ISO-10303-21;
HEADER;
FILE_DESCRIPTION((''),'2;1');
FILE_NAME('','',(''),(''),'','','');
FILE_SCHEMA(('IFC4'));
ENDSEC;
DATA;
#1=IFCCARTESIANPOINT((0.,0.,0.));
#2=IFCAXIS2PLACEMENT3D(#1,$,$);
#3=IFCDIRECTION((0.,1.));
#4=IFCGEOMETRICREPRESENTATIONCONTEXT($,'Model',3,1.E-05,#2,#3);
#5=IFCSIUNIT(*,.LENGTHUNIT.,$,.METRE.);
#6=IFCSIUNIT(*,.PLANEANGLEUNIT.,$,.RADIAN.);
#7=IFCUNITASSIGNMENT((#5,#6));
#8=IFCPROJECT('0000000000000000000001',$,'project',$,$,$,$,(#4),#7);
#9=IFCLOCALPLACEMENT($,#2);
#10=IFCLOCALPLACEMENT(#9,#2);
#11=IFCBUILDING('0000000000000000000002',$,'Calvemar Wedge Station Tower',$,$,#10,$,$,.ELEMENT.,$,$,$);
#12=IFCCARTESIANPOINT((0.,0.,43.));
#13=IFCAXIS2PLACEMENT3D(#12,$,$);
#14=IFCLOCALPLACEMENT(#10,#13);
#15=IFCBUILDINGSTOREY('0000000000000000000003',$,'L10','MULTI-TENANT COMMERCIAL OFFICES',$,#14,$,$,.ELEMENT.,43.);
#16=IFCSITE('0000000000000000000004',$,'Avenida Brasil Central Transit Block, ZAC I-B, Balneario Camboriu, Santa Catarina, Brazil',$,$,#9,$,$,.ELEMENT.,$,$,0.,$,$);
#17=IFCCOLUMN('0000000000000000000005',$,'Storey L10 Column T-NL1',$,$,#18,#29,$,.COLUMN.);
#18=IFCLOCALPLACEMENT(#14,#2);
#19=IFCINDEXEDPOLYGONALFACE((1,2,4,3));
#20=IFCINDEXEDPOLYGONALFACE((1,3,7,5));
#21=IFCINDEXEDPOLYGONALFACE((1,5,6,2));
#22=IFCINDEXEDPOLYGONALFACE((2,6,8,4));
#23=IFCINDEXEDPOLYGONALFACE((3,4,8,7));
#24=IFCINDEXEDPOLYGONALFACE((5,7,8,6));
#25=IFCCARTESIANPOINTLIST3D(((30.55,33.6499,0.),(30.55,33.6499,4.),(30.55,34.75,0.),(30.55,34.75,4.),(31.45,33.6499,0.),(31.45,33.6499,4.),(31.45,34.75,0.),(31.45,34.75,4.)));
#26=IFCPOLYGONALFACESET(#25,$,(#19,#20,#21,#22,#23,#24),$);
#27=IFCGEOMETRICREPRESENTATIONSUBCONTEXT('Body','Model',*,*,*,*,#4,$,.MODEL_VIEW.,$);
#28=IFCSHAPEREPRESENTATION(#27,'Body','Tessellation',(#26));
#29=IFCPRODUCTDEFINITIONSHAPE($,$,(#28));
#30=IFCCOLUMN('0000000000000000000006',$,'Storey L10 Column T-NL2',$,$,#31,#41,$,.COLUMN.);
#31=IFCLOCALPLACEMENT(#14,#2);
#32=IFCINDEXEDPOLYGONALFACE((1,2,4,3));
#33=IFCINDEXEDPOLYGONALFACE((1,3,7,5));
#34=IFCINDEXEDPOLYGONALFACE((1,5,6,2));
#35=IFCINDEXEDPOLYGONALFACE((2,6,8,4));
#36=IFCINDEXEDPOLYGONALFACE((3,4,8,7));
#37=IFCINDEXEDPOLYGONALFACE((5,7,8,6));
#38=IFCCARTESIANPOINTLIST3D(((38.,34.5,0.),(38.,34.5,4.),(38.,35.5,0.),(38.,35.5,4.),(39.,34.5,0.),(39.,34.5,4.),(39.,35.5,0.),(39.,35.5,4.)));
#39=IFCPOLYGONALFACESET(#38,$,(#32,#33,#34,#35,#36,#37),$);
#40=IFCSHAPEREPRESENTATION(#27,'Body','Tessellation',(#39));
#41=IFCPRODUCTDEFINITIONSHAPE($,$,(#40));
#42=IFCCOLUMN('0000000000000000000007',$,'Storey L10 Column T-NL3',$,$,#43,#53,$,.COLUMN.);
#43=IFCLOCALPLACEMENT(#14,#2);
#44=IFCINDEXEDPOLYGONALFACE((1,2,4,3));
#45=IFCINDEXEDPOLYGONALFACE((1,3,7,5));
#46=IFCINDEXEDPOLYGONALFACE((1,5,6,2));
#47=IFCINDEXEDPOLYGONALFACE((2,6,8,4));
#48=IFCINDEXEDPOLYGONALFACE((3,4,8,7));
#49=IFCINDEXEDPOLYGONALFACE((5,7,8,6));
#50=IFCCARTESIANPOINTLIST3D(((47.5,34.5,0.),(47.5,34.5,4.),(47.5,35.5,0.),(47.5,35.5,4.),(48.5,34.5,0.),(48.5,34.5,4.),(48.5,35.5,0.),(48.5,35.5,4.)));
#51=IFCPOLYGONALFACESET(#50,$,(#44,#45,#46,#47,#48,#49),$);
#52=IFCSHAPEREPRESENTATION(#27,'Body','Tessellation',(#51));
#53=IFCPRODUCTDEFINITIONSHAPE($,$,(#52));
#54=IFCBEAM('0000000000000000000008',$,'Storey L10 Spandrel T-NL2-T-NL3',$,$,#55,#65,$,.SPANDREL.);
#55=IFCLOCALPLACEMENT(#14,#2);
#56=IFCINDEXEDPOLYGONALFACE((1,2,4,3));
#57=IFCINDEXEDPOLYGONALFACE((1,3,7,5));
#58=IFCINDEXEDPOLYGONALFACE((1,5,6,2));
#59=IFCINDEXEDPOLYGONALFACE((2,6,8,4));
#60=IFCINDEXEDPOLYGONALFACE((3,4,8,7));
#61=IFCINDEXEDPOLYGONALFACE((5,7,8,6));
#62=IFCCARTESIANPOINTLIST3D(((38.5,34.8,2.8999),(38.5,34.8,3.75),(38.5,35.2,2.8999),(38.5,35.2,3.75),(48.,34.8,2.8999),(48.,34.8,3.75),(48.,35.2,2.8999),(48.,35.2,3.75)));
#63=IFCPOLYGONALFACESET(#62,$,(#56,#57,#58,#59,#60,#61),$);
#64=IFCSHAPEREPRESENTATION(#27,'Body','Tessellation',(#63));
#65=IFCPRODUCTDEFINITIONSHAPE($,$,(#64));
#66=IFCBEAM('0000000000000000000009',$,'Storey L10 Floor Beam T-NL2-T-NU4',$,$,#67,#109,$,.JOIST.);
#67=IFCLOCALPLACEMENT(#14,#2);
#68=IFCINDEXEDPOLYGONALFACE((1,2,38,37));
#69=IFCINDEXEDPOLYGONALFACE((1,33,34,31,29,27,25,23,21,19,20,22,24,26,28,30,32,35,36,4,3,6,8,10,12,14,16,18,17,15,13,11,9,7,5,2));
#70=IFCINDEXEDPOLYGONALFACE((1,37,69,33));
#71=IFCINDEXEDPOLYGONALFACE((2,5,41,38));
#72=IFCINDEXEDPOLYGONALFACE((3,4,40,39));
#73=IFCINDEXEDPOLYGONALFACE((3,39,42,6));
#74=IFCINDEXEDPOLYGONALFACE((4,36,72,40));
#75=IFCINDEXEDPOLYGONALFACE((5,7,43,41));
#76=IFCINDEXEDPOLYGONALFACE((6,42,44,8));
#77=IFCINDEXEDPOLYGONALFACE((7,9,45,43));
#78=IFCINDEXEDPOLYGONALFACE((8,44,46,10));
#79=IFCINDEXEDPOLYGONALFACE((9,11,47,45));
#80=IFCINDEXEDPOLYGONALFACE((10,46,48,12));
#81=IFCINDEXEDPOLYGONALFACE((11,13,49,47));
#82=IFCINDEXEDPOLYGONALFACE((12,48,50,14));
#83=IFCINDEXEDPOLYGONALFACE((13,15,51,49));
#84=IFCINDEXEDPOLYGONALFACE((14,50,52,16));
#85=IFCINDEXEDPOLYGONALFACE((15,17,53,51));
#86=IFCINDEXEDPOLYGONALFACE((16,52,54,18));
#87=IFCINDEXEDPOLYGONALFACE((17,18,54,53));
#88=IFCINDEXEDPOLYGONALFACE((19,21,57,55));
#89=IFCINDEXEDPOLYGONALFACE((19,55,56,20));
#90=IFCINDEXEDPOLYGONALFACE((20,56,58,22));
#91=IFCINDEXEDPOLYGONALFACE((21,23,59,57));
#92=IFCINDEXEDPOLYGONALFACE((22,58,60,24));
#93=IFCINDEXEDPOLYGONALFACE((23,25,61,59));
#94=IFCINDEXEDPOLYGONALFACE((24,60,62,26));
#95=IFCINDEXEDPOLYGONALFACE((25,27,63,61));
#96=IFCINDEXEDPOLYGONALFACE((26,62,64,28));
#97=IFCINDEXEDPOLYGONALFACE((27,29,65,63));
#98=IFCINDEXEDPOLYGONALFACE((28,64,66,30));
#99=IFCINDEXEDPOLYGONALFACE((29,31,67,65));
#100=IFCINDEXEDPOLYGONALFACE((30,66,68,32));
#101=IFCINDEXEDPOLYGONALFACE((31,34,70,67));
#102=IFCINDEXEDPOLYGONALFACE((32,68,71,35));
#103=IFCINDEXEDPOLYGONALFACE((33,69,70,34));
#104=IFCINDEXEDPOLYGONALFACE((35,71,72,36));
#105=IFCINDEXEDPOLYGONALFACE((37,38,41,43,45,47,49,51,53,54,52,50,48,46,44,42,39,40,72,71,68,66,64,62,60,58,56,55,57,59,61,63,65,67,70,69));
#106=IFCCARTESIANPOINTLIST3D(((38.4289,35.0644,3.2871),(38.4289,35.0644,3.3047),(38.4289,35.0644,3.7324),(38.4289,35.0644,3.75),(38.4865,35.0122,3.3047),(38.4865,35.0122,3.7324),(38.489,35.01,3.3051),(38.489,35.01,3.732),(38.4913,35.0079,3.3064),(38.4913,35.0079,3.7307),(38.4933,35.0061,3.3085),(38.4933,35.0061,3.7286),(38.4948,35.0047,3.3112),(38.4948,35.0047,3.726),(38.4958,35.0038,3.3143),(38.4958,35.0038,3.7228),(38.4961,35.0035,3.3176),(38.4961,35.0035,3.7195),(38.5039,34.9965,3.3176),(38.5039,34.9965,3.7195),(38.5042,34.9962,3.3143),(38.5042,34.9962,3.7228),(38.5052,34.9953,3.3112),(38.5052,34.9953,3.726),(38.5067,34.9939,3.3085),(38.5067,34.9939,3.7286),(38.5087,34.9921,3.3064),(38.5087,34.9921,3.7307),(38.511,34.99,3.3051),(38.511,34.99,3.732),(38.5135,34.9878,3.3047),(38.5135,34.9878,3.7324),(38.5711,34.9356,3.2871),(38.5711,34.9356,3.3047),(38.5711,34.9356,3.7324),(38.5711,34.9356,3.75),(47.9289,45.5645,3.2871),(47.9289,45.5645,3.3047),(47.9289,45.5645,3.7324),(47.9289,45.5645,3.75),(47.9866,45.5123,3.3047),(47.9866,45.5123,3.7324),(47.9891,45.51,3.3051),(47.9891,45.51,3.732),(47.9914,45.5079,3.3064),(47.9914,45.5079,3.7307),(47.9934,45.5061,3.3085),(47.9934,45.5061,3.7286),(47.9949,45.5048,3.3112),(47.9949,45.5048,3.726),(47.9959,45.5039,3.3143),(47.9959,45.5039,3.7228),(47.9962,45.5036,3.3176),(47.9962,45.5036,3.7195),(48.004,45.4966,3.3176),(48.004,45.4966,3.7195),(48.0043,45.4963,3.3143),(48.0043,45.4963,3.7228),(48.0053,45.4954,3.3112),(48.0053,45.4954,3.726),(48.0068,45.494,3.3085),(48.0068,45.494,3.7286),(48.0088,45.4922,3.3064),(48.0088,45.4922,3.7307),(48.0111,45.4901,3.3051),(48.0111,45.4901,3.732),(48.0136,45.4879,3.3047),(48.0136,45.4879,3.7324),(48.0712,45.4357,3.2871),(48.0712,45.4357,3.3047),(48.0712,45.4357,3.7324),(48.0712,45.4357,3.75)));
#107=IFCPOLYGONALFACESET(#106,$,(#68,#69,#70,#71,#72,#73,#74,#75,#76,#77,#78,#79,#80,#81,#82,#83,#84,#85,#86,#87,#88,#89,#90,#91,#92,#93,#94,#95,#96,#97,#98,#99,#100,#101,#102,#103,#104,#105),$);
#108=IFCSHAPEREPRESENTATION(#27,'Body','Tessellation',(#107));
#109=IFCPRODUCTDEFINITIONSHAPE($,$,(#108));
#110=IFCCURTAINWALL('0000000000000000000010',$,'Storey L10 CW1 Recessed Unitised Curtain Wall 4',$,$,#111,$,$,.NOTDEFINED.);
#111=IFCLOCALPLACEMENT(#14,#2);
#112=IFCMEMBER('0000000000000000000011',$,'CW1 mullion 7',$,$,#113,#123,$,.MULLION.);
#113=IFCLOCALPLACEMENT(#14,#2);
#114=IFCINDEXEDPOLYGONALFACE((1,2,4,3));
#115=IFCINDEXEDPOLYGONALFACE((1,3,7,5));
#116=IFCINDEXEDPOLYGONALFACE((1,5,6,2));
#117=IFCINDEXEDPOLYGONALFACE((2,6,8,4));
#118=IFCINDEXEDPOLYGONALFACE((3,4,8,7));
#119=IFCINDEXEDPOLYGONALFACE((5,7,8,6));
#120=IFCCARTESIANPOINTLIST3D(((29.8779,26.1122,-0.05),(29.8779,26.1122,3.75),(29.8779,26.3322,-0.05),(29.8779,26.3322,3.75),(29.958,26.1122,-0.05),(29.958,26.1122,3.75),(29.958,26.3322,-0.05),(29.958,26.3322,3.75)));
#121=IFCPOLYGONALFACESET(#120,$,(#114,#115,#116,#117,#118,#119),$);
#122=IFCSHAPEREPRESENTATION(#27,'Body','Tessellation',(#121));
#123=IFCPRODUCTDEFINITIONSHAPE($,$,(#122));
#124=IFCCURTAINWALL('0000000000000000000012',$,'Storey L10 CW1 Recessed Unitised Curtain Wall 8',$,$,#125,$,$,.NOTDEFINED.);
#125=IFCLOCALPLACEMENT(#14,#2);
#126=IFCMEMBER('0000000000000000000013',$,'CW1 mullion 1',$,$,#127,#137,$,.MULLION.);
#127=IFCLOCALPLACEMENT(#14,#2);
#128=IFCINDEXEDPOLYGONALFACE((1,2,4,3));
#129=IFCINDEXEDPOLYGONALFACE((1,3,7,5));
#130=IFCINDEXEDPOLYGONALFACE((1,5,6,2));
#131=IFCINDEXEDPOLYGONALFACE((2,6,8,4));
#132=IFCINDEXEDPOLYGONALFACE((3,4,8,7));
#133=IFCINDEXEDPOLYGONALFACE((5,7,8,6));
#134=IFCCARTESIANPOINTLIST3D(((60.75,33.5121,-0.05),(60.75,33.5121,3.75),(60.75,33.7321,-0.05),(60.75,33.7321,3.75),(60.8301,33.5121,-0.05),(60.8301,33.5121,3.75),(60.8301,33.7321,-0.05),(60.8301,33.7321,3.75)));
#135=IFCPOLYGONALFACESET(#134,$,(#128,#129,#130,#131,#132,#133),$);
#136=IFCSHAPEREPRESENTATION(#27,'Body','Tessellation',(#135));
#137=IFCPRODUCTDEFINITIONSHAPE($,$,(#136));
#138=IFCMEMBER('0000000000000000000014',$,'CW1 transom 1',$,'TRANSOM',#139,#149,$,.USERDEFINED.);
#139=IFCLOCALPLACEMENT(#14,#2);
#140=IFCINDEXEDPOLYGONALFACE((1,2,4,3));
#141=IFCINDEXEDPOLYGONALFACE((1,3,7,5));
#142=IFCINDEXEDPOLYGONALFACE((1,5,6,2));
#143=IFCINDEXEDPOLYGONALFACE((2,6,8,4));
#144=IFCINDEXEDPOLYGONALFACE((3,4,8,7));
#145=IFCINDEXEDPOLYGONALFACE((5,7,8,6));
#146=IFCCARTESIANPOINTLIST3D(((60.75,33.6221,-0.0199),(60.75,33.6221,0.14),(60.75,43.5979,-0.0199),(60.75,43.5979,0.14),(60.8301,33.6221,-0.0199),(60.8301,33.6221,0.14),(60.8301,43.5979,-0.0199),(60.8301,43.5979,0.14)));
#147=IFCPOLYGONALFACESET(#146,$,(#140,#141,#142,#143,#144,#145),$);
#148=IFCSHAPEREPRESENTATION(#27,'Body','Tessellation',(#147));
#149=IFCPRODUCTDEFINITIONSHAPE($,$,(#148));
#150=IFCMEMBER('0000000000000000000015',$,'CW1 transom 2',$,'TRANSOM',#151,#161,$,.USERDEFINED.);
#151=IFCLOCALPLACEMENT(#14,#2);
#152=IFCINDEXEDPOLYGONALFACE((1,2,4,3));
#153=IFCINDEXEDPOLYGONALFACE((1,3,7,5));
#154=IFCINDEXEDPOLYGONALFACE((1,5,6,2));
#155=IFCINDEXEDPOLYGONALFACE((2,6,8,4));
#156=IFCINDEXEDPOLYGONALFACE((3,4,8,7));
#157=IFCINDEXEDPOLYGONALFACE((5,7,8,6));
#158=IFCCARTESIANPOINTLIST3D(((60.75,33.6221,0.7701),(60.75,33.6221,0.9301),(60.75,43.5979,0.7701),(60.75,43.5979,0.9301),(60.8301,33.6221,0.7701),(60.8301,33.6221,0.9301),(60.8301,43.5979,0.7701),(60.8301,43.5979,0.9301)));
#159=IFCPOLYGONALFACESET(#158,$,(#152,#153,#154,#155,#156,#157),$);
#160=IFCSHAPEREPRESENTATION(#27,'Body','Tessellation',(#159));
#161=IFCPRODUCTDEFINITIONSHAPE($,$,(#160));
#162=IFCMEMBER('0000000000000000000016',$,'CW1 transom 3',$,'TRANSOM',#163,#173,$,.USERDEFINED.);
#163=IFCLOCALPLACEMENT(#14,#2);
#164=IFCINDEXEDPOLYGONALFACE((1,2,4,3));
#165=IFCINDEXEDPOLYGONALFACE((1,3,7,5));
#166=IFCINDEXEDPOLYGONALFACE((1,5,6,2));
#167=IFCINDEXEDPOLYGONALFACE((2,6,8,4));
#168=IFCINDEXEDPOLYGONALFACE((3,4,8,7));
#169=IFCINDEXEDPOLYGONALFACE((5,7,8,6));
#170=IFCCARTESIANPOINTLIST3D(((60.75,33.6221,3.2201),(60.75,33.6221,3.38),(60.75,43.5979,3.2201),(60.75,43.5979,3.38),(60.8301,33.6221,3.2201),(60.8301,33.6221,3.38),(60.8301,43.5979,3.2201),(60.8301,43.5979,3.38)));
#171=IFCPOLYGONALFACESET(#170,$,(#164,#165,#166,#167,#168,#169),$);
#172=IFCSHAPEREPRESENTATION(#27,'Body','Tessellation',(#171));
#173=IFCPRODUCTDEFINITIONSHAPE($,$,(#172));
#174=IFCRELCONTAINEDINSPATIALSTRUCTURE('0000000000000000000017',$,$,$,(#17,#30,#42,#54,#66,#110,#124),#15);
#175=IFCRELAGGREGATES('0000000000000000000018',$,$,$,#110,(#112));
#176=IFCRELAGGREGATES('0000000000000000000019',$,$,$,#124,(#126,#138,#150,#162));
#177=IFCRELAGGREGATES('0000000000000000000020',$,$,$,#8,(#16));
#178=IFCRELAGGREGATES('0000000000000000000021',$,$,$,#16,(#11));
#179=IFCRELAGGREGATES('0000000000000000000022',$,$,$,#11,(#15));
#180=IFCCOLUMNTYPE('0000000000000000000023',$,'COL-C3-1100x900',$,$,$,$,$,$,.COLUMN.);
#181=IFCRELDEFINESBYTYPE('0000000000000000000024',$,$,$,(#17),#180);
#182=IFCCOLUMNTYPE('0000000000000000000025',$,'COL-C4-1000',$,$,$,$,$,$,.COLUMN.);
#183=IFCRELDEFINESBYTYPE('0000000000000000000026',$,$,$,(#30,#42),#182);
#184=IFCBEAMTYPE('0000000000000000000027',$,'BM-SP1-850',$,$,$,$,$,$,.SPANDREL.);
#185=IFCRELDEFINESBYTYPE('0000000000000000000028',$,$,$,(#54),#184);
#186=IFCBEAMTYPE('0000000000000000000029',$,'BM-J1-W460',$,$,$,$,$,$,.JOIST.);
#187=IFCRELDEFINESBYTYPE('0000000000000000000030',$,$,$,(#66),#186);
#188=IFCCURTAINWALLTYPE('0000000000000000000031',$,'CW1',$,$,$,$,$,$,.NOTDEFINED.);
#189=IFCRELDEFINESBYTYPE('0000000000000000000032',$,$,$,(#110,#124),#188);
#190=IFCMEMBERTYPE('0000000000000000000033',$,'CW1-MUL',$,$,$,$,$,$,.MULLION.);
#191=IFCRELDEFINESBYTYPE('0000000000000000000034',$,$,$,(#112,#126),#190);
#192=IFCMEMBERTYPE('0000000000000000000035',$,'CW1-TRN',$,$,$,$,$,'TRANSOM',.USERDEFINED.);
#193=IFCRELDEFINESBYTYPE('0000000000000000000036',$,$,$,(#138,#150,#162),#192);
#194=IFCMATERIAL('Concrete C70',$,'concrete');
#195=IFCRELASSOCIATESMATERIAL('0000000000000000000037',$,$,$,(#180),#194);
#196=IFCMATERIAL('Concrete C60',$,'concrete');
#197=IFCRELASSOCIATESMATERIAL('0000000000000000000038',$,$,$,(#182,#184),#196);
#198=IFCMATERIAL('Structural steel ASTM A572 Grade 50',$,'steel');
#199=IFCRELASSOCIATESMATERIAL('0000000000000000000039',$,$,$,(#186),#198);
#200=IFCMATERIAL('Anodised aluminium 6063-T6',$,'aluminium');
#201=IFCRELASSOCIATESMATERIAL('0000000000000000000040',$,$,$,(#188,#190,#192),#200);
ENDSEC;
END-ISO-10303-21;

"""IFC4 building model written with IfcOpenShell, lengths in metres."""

from ifc_helpers import new_model, si_unit, direction, frame, origin, origin_2d, place, context, subcontext, project, spatial, rectangle, i_section, extrude, source, transform, mapped, material, material_profile, profile_set, type_object, element, aggregate, save


model = new_model("IFC4")

# Units and contexts
model_context = context("Model", 3, precision=1e-05, world=origin(), true_north=direction((0.0, 1.0)))
body_context = subcontext(model_context, "Body", "Model", "MODEL_VIEW")
ifc_project = project(units=[si_unit("LENGTHUNIT", "METRE"), si_unit("PLANEANGLEUNIT", "RADIAN")], contexts=[model_context])

# Site, building, storey
site_placement = place(None, origin())
site = spatial("IfcSite", under=ifc_project, at=site_placement, Name="Avenida Brasil Central Transit Block, ZAC I-B, Balneario Camboriu, Santa Catarina, Brazil", CompositionType="ELEMENT", RefElevation=0.0)
building_placement = place(site_placement, origin())
building = spatial("IfcBuilding", under=site, at=building_placement, Name="Calvemar Wedge Station Tower", CompositionType="ELEMENT")
storey_placement = place(building_placement, frame((0.0, 0.0, 43.0)))
storey = spatial("IfcBuildingStorey", under=building, at=storey_placement, Name="L10", Description="MULTI-TENANT COMMERCIAL OFFICES", CompositionType="ELEMENT", Elevation=43.0)

# Columns
ifc_material_1 = material(Name="Concrete C70", Category="concrete")
ifc_material_profile_1 = material_profile(ifc_material_1, rectangle(XDim=0.8999, YDim=1.1001, at=origin_2d()), Name="RC1100x900")
ifc_profile_set_1 = profile_set([ifc_material_profile_1], Name="Concrete C70")
column_type_1 = type_object("IfcColumnType", Name="COL-C3-1100x900", PredefinedType="COLUMN", material=ifc_profile_set_1)
shared_shape_1 = source(origin(), body_context, "Body", "SweptSolid", [
    extrude(rectangle(XDim=0.8999, YDim=1.1001, at=origin_2d()), origin(), (0.0, 0.0, 1.0), 4.0),
])
column_placement = place(storey_placement, frame((31.0, 34.2, 0.0), z_axis=(0.0, 0.0, 1.0), x_axis=(1.0, 0.0, 0.0)))
element("IfcColumn", 1, at=column_placement, inside=storey, type_object=column_type_1, Name="Storey L10 Column T-NL1", PredefinedType="COLUMN", context=body_context, shape_type="MappedRepresentation", body=[
    mapped(shared_shape_1, transform((0.0, 0.0, 0.0), scale=1.0)),
])
ifc_material_2 = material(Name="Concrete C60", Category="concrete")
ifc_material_profile_2 = material_profile(ifc_material_2, rectangle(XDim=1.0, YDim=1.0, at=origin_2d()), Name="RC1000x1000")
ifc_profile_set_2 = profile_set([ifc_material_profile_2], Name="Concrete C60")
column_type_2 = type_object("IfcColumnType", Name="COL-C4-1000", PredefinedType="COLUMN", material=ifc_profile_set_2)
shared_shape_2 = source(origin(), body_context, "Body", "SweptSolid", [
    extrude(rectangle(XDim=1.0, YDim=1.0, at=origin_2d()), origin(), (0.0, 0.0, 1.0), 4.0),
])
for number, where, z_axis, x_axis, name in (
    (2, (38.5, 35.0, 0.0), (0.0, 0.0, 1.0), (1.0, 0.0, 0.0), "Storey L10 Column T-NL2"),
    (3, (48.0, 35.0, 0.0), (0.0, 0.0, 1.0), (1.0, 0.0, 0.0), "Storey L10 Column T-NL3"),
):
    element("IfcColumn", number, at=place(storey_placement, frame(where, z_axis=z_axis, x_axis=x_axis)), inside=storey, type_object=column_type_2, Name=name, PredefinedType="COLUMN", context=body_context, shape_type="MappedRepresentation", body=[
        mapped(shared_shape_2, transform((0.0, 0.0, 0.0), scale=1.0)),
    ])

# Beams
ifc_material_profile_3 = material_profile(ifc_material_2, rectangle(XDim=0.3999, YDim=0.8501, at=origin_2d()), Name="RC400x850")
ifc_profile_set_3 = profile_set([ifc_material_profile_3], Name="Concrete C60")
beam_type_1 = type_object("IfcBeamType", Name="BM-SP1-850", PredefinedType="SPANDREL", material=ifc_profile_set_3)
shared_shape_3 = source(origin(), body_context, "Body", "SweptSolid", [
    extrude(rectangle(XDim=0.3999, YDim=0.8501, at=origin_2d()), origin(), (0.0, 0.0, 1.0), 9.5),
])
beam_1_placement = place(storey_placement, frame((38.5, 35.0, 3.325), z_axis=(1.0, 0.0, 0.0), x_axis=(0.0, 1.0, 0.0)))
element("IfcBeam", 4, at=beam_1_placement, inside=storey, type_object=beam_type_1, Name="Storey L10 Spandrel T-NL2-T-NL3", PredefinedType="SPANDREL", context=body_context, shape_type="MappedRepresentation", body=[
    mapped(shared_shape_3, transform((0.0, 0.0, 0.0), scale=1.0)),
])
ifc_material_3 = material(Name="Structural steel ASTM A572 Grade 50", Category="steel")
ifc_material_profile_4 = material_profile(ifc_material_3, i_section(OverallWidth=0.1919, OverallDepth=0.4629, WebThickness=0.0105, FlangeThickness=0.0176, FilletRadius=0.0129, at=origin_2d()), Name="W460x89")
ifc_profile_set_4 = profile_set([ifc_material_profile_4], Name="Structural steel ASTM A572 Grade 50")
beam_type_2 = type_object("IfcBeamType", Name="BM-J1-W460", PredefinedType="JOIST", material=ifc_profile_set_4)
shared_shape_4 = source(origin(), body_context, "Body", "SweptSolid", [
    extrude(i_section(OverallWidth=0.1919, OverallDepth=0.4629, WebThickness=0.0105, FlangeThickness=0.0176, FilletRadius=0.0129, at=origin_2d()), origin(), (0.0, 0.0, 1.0), 14.1599),
])
beam_2_placement = place(storey_placement, frame((38.5, 35.0, 3.5186), z_axis=(0.670913, 0.741536, 0.0), x_axis=(-0.741536, 0.670913, 0.0)))
element("IfcBeam", 5, at=beam_2_placement, inside=storey, type_object=beam_type_2, Name="Storey L10 Floor Beam T-NL2-T-NU4", PredefinedType="JOIST", context=body_context, shape_type="MappedRepresentation", body=[
    mapped(shared_shape_4, transform((0.0, 0.0, 0.0), scale=1.0)),
])

# Curtain wall, member
ifc_material_4 = material(Name="Anodised aluminium 6063-T6", Category="aluminium")
curtain_wall_type = type_object("IfcCurtainWallType", Name="CW1", PredefinedType="NOTDEFINED", material=ifc_material_4)
curtain_wall_1_placement = place(storey_placement, origin())
curtain_wall_1 = element("IfcCurtainWall", 6, at=curtain_wall_1_placement, inside=storey, type_object=curtain_wall_type, Name="Storey L10 CW1 Recessed Unitised Curtain Wall 4", PredefinedType="NOTDEFINED")
ifc_material_profile_5 = material_profile(ifc_material_4, rectangle(XDim=0.0801, YDim=0.22, at=origin_2d()), Name="AL-MUL-80x220")
ifc_profile_set_5 = profile_set([ifc_material_profile_5], Name="Anodised aluminium 6063-T6")
member_type_1 = type_object("IfcMemberType", Name="CW1-MUL", PredefinedType="MULLION", material=ifc_profile_set_5)
shared_shape_5 = source(origin(), body_context, "Body", "SweptSolid", [
    extrude(rectangle(XDim=0.0801, YDim=0.22, at=origin_2d()), origin(), (0.0, 0.0, 1.0), 3.8),
])
member_1_placement = place(storey_placement, frame((29.918, 26.2222, -0.05), z_axis=(0.0, 0.0, 1.0), x_axis=(1.0, 0.0, 0.0)))
member_1 = element("IfcMember", 7, at=member_1_placement, type_object=member_type_1, Name="CW1 mullion 7", PredefinedType="MULLION", context=body_context, shape_type="MappedRepresentation", body=[
    mapped(shared_shape_5, transform((0.0, 0.0, 0.0), scale=1.0)),
])
aggregate(curtain_wall_1, [member_1])

# Curtain wall, members
curtain_wall_2_placement = place(storey_placement, origin())
curtain_wall_2 = element("IfcCurtainWall", 8, at=curtain_wall_2_placement, inside=storey, type_object=curtain_wall_type, Name="Storey L10 CW1 Recessed Unitised Curtain Wall 8", PredefinedType="NOTDEFINED")
member_2_placement = place(storey_placement, frame((60.79, 33.6221, -0.05), z_axis=(0.0, 0.0, 1.0), x_axis=(1.0, 0.0, 0.0)))
member_2 = element("IfcMember", 9, at=member_2_placement, type_object=member_type_1, Name="CW1 mullion 1", PredefinedType="MULLION", context=body_context, shape_type="MappedRepresentation", body=[
    mapped(shared_shape_5, transform((0.0, 0.0, 0.0), scale=1.0)),
])
ifc_material_profile_6 = material_profile(ifc_material_4, rectangle(XDim=0.0801, YDim=0.1599, at=origin_2d()), Name="AL-TRN-80x160")
ifc_profile_set_6 = profile_set([ifc_material_profile_6], Name="Anodised aluminium 6063-T6")
member_type_2 = type_object("IfcMemberType", Name="CW1-TRN", ElementType="TRANSOM", PredefinedType="USERDEFINED", material=ifc_profile_set_6)
shared_shape_6 = source(origin(), body_context, "Body", "SweptSolid", [
    extrude(rectangle(XDim=0.0801, YDim=0.1599, at=origin_2d()), origin(), (0.0, 0.0, 1.0), 9.9758),
])
member_3_placement = place(storey_placement, frame((60.79, 33.6221, 0.0601), z_axis=(0.0, 1.0, 0.0), x_axis=(-1.0, 0.0, 0.0)))
member_3 = element("IfcMember", 10, at=member_3_placement, type_object=member_type_2, Name="CW1 transom 1", ObjectType="TRANSOM", PredefinedType="USERDEFINED", context=body_context, shape_type="MappedRepresentation", body=[
    mapped(shared_shape_6, transform((0.0, 0.0, 0.0), scale=1.0)),
])
member_4_placement = place(storey_placement, frame((60.79, 33.6221, 0.8501), z_axis=(0.0, 1.0, 0.0), x_axis=(-1.0, 0.0, 0.0)))
member_4 = element("IfcMember", 11, at=member_4_placement, type_object=member_type_2, Name="CW1 transom 2", ObjectType="TRANSOM", PredefinedType="USERDEFINED", context=body_context, shape_type="MappedRepresentation", body=[
    mapped(shared_shape_6, transform((0.0, 0.0, 0.0), scale=1.0)),
])
member_5_placement = place(storey_placement, frame((60.79, 33.6221, 3.3), z_axis=(0.0, 1.0, 0.0), x_axis=(-1.0, 0.0, 0.0)))
member_5 = element("IfcMember", 12, at=member_5_placement, type_object=member_type_2, Name="CW1 transom 3", ObjectType="TRANSOM", PredefinedType="USERDEFINED", context=body_context, shape_type="MappedRepresentation", body=[
    mapped(shared_shape_6, transform((0.0, 0.0, 0.0), scale=1.0)),
])
aggregate(curtain_wall_2, [member_2, member_3, member_4, member_5])

save(model, "model.ifc")
